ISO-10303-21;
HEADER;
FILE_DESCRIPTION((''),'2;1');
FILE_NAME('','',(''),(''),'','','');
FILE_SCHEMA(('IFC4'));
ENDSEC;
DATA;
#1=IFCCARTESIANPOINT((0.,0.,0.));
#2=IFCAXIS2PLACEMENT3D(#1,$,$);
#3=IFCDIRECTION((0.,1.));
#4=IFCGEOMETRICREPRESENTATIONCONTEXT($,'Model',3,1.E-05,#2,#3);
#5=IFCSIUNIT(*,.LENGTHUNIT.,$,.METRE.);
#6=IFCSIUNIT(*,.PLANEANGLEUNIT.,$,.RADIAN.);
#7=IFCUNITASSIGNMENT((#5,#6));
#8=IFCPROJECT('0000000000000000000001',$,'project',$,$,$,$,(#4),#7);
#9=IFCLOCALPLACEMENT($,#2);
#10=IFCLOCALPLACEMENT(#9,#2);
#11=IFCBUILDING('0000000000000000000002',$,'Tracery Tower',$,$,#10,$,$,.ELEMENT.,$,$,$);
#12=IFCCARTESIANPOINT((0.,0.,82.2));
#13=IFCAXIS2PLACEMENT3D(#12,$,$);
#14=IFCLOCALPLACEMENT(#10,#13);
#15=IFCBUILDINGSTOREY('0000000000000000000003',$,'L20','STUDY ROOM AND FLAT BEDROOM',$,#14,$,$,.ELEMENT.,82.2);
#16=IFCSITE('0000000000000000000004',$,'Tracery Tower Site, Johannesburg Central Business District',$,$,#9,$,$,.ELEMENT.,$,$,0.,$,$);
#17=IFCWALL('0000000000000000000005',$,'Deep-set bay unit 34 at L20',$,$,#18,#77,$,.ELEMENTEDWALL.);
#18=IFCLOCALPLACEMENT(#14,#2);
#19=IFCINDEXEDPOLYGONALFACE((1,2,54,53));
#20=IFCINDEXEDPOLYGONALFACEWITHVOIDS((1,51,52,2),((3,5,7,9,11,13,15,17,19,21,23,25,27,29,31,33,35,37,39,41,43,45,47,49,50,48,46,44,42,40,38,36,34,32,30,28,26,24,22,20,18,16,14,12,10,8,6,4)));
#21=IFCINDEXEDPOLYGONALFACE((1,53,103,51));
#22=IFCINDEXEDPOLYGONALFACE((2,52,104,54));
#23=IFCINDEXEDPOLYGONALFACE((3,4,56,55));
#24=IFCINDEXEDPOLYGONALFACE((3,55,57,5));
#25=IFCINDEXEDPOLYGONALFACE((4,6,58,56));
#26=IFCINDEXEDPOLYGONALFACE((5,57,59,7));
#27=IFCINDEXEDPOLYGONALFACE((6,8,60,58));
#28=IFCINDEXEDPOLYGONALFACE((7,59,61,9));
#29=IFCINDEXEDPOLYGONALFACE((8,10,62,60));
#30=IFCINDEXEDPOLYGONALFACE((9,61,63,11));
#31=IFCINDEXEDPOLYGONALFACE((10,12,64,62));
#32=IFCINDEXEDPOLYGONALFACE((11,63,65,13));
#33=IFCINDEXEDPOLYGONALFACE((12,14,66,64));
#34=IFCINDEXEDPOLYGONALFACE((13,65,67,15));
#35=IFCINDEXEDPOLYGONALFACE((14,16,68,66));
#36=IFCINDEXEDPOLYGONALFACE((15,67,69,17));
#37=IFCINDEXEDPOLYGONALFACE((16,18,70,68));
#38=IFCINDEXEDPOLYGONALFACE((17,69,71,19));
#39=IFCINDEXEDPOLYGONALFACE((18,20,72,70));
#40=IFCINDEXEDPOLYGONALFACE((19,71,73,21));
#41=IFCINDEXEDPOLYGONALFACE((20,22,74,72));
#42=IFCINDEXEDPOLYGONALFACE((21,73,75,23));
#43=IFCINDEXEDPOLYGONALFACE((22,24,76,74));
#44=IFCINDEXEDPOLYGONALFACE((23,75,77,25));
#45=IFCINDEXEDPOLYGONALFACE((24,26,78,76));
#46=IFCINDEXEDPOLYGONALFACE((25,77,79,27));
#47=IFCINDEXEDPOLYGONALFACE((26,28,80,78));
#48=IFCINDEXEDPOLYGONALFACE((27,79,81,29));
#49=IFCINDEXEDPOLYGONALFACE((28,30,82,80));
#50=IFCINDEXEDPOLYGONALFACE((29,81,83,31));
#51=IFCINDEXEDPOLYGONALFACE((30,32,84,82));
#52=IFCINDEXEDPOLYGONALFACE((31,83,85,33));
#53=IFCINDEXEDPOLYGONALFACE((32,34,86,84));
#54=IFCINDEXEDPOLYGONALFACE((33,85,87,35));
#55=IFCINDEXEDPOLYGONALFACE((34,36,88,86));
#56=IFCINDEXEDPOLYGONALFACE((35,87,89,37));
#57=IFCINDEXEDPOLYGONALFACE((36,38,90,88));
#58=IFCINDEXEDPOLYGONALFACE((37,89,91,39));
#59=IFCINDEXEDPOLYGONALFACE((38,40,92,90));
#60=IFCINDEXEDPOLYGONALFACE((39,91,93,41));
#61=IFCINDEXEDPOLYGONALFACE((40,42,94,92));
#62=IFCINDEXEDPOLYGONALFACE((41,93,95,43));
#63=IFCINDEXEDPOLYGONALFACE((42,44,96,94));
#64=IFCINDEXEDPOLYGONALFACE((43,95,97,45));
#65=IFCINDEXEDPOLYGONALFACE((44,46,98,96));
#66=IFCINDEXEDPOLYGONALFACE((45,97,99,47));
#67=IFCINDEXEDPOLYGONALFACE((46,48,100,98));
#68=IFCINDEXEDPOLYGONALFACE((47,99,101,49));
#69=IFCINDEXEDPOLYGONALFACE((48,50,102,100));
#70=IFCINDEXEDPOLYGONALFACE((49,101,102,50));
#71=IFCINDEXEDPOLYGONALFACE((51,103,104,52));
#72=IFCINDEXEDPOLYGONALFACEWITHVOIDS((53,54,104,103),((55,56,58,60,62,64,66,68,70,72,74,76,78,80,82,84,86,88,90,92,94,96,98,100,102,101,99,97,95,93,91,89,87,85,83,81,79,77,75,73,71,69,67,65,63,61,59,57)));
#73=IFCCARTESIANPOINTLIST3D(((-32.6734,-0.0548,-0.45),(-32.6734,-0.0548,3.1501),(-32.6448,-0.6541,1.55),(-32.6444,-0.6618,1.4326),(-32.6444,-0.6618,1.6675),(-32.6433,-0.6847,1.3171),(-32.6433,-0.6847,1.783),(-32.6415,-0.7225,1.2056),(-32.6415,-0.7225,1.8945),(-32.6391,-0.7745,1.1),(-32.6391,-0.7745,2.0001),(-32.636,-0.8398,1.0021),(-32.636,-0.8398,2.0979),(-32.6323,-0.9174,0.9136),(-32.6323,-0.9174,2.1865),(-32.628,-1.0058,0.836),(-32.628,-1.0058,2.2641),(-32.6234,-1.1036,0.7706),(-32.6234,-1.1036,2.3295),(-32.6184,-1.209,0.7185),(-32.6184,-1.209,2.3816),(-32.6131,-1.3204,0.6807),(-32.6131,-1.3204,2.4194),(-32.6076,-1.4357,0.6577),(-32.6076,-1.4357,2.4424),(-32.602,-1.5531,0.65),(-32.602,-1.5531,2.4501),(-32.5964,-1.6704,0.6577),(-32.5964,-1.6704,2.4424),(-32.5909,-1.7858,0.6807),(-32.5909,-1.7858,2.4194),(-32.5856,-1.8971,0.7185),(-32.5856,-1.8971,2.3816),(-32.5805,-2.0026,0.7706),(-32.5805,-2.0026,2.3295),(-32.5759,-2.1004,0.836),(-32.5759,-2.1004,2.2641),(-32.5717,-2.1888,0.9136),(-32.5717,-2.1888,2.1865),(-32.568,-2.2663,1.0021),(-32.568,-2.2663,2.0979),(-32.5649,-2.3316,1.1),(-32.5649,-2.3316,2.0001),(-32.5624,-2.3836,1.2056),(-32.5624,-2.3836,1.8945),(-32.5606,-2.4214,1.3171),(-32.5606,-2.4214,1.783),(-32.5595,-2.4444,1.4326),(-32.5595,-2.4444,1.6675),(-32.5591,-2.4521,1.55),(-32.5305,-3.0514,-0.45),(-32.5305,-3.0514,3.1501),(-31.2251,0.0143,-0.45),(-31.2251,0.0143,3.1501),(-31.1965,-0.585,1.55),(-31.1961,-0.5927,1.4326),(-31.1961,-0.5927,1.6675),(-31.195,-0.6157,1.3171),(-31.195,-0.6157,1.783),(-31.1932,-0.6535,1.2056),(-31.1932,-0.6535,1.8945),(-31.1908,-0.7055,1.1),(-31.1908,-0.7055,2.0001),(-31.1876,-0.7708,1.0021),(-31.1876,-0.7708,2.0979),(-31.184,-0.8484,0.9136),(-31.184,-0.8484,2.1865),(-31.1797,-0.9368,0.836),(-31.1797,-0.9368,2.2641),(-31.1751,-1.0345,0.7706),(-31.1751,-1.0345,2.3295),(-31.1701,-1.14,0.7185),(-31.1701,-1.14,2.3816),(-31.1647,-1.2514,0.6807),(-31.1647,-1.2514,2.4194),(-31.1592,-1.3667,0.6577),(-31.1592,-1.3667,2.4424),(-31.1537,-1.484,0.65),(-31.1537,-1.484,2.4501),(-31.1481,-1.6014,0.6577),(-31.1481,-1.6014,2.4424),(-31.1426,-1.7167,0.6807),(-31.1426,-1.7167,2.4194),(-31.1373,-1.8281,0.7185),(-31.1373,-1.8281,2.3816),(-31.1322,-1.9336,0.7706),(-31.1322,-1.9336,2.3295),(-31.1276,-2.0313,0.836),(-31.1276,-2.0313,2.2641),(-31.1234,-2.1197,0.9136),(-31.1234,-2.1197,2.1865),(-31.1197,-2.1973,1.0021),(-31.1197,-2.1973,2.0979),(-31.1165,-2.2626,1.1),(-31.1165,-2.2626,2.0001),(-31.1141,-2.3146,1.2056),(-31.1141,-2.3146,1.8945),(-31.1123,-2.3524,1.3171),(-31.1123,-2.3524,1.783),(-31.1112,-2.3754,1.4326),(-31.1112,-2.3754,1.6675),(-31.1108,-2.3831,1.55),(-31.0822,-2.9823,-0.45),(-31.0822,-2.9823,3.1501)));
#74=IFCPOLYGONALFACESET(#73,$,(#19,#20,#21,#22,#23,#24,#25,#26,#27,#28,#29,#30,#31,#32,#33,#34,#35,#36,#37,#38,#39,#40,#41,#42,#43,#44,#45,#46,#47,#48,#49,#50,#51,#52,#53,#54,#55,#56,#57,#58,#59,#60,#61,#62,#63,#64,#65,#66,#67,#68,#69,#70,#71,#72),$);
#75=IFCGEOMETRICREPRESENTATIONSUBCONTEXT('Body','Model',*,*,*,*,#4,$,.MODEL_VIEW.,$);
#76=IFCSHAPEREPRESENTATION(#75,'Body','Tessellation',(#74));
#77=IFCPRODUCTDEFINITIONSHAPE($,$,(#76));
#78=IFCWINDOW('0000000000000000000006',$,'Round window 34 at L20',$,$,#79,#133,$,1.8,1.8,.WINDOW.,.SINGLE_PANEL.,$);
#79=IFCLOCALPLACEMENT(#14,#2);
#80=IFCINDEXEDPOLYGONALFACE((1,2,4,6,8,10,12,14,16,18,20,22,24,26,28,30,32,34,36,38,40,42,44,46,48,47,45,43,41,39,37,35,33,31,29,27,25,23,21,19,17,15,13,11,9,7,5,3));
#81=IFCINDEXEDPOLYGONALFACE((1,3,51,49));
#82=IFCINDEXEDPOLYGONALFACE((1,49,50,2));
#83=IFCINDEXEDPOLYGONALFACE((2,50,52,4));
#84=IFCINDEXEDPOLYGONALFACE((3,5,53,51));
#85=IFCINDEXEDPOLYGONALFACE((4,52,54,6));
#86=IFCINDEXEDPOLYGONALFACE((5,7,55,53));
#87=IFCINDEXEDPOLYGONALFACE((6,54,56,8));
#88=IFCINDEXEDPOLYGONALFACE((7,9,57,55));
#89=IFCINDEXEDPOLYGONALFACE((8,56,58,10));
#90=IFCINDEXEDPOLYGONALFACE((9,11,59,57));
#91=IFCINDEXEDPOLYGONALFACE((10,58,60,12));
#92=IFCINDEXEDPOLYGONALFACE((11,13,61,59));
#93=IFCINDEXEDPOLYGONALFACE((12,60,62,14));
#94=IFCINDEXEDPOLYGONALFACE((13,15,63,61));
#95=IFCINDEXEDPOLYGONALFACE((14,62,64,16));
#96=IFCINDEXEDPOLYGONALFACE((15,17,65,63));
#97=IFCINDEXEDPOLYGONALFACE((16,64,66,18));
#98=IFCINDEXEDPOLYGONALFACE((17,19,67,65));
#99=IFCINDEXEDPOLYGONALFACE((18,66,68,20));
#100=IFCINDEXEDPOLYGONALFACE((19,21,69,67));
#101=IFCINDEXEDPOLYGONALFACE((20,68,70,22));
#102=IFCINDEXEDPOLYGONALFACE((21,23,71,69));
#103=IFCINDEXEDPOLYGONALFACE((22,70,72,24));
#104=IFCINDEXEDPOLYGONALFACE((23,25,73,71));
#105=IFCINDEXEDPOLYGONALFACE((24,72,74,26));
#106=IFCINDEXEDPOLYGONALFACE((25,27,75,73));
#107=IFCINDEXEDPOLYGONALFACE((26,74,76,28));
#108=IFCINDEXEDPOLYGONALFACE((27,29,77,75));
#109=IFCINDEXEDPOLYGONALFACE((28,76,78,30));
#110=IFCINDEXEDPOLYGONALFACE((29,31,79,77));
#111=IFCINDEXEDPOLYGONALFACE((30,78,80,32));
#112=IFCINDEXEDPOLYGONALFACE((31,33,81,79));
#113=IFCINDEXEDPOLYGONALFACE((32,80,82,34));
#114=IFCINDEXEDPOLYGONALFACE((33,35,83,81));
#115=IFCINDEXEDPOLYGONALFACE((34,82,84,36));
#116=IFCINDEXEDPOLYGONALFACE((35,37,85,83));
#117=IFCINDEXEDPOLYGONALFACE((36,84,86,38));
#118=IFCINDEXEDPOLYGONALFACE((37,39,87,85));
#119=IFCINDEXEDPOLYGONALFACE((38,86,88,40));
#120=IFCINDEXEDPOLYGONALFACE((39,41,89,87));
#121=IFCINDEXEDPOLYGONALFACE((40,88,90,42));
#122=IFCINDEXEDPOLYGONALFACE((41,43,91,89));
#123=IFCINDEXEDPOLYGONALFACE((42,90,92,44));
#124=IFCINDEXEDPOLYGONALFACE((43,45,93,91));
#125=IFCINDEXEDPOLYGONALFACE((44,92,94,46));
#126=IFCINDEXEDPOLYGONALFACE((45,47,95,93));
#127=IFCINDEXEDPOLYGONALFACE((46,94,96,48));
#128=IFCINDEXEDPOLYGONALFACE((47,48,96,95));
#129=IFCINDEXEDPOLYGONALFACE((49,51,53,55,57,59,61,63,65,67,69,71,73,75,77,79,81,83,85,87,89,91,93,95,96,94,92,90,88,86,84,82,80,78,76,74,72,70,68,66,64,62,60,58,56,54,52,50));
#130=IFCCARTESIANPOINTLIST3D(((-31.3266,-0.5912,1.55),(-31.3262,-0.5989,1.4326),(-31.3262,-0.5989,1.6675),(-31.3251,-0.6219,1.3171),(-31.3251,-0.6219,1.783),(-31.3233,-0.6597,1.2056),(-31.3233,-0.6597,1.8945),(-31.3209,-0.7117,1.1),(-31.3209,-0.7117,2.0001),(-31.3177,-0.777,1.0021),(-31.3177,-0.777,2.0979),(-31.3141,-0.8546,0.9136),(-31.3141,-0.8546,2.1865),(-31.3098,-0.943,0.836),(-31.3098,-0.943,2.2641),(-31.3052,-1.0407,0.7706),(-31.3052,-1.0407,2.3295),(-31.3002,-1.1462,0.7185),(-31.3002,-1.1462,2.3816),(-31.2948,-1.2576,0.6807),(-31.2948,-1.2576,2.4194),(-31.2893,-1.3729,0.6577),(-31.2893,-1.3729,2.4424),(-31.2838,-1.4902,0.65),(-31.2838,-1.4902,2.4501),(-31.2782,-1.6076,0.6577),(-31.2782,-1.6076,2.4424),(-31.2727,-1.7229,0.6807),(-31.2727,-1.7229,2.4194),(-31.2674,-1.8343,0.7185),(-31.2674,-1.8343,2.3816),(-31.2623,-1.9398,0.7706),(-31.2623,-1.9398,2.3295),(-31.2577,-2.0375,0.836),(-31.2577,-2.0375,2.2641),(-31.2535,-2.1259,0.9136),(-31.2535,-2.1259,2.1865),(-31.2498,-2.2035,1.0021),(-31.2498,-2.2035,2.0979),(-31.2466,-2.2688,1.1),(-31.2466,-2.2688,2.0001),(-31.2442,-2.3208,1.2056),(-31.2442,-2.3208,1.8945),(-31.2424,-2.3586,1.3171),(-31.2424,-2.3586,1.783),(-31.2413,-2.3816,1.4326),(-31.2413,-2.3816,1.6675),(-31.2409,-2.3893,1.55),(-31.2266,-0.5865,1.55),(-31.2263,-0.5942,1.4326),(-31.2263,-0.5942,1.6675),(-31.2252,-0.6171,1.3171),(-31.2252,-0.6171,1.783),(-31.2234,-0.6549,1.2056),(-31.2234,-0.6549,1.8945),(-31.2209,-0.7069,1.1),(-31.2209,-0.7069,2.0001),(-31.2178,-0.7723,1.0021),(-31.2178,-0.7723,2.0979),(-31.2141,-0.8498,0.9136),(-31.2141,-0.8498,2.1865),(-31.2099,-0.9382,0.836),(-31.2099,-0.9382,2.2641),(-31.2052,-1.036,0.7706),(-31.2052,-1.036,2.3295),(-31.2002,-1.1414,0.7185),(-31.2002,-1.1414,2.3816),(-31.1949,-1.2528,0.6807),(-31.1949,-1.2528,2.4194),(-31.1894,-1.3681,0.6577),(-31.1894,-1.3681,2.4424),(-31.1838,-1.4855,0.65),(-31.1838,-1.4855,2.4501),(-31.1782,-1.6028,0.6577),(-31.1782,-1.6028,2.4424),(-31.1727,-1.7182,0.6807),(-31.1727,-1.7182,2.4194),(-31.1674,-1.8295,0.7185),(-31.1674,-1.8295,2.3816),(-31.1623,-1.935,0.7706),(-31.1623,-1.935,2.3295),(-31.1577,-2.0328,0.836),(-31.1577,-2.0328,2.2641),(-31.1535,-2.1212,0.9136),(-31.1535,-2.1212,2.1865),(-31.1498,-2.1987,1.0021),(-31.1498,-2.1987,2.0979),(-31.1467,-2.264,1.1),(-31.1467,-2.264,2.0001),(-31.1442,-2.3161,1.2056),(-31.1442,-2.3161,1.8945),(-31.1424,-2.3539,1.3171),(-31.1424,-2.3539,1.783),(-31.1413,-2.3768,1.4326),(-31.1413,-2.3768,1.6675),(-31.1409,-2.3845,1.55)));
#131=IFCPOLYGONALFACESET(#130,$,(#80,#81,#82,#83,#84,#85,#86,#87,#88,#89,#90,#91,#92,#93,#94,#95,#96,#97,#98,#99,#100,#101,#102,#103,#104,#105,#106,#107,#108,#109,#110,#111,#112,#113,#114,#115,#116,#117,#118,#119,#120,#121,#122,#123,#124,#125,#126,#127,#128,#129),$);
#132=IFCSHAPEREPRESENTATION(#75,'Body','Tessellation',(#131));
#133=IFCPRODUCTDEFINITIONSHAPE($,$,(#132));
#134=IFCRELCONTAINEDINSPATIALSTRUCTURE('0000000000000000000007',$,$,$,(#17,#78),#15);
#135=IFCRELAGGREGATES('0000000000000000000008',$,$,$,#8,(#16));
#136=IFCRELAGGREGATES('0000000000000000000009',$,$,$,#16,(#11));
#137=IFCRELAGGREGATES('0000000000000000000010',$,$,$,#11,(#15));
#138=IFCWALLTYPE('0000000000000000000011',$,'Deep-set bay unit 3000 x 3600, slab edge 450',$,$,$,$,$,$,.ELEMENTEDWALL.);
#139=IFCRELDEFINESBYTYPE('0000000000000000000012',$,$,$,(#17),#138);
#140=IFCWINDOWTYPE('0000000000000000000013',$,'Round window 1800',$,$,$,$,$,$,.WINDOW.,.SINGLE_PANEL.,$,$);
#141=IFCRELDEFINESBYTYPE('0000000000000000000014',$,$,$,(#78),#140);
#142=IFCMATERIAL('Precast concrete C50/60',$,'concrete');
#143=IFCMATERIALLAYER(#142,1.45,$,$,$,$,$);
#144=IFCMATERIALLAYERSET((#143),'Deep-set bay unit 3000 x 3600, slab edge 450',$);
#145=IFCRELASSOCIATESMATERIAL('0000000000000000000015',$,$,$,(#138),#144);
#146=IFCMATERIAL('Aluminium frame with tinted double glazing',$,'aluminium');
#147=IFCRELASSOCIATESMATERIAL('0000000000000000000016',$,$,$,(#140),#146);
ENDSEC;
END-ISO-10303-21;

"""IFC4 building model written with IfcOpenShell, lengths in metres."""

from ifc_helpers import new_model, si_unit, direction, frame, frame_2d, origin, origin_2d, place, context, subcontext, project, spatial, rectangle, circle, extrude, material, layer, layer_set, type_object, element, fill, save


model = new_model("IFC4")

# Units and contexts
model_context = context("Model", 3, precision=1e-05, world=origin(), true_north=direction((0.0, 1.0)))
body_context = subcontext(model_context, "Body", "Model", "MODEL_VIEW")
ifc_project = project(units=[si_unit("LENGTHUNIT", "METRE"), si_unit("PLANEANGLEUNIT", "RADIAN")], contexts=[model_context])

# Site, building, storey
site_placement = place(None, origin())
site = spatial("IfcSite", under=ifc_project, at=site_placement, Name="Tracery Tower Site, Johannesburg Central Business District", CompositionType="ELEMENT", RefElevation=0.0)
building_placement = place(site_placement, origin())
building = spatial("IfcBuilding", under=site, at=building_placement, Name="Tracery Tower", CompositionType="ELEMENT")
storey_placement = place(building_placement, frame((0.0, 0.0, 82.2)))
storey = spatial("IfcBuildingStorey", under=building, at=storey_placement, Name="L20", Description="STUDY ROOM AND FLAT BEDROOM", CompositionType="ELEMENT", Elevation=82.2)

# Wall, opening, window
ifc_material_1 = material(Name="Precast concrete C50/60", Category="concrete")
ifc_layer_1 = layer(ifc_material_1, 1.45)
ifc_layer_set_1 = layer_set([ifc_layer_1], Name="Deep-set bay unit 3000 x 3600, slab edge 450")
wall_type_1 = type_object("IfcWallType", Name="Deep-set bay unit 3000 x 3600, slab edge 450", PredefinedType="ELEMENTEDWALL", material=ifc_layer_set_1)
ifc_material_2 = material(Name="Aluminium frame with tinted double glazing", Category="aluminium")
window_type = type_object("IfcWindowType", Name="Round window 1800", PartitioningType="SINGLE_PANEL", PredefinedType="WINDOW", material=ifc_material_2)
wall_1_placement = place(storey_placement, frame((-31.9492, -0.0203, -0.45), z_axis=(0.0, 0.0, 1.0), x_axis=(0.047608, -0.998866, 0.0)))
wall_1 = element("IfcWall", 1, at=wall_1_placement, inside=storey, type_object=wall_type_1, Name="Deep-set bay unit 34 at L20", PredefinedType="ELEMENTEDWALL", context=body_context, shape_type="SweptSolid", body=[
    extrude(rectangle(XDim=3.0, YDim=1.45, at=frame_2d((1.5, 0.0))), origin(), (0.0, 0.0, 1.0), 3.6001),
])
opening_1_placement = place(wall_1_placement, frame((1.5, 0.0, 2.0)))
opening_1 = element("IfcOpeningElement", 2, at=opening_1_placement, cuts=wall_1, PredefinedType="OPENING", context=body_context, shape_type="SweptSolid", body=[
    extrude(circle(Radius=0.9, at=origin_2d()), frame((0.0, 0.7349, 0.0), z_axis=(0.0, -1.0, 0.0), x_axis=(1.0, 0.0, 0.0)), (0.0, 0.0, 1.0), 1.47),
])
window_1_placement = place(opening_1_placement, origin())
window_1 = element("IfcWindow", 3, at=window_1_placement, inside=storey, type_object=window_type, Name="Round window 34 at L20", OverallHeight=1.8, OverallWidth=1.8, PartitioningType="SINGLE_PANEL", PredefinedType="WINDOW", context=body_context, shape_type="SweptSolid", body=[
    extrude(circle(Radius=0.9, at=origin_2d()), frame((0.0, 0.6948, 0.0), z_axis=(0.0, -1.0, 0.0), x_axis=(1.0, 0.0, 0.0)), (0.0, 0.0, 1.0), 0.1001),
])
fill(opening_1, window_1)

save(model, "model.ifc")
